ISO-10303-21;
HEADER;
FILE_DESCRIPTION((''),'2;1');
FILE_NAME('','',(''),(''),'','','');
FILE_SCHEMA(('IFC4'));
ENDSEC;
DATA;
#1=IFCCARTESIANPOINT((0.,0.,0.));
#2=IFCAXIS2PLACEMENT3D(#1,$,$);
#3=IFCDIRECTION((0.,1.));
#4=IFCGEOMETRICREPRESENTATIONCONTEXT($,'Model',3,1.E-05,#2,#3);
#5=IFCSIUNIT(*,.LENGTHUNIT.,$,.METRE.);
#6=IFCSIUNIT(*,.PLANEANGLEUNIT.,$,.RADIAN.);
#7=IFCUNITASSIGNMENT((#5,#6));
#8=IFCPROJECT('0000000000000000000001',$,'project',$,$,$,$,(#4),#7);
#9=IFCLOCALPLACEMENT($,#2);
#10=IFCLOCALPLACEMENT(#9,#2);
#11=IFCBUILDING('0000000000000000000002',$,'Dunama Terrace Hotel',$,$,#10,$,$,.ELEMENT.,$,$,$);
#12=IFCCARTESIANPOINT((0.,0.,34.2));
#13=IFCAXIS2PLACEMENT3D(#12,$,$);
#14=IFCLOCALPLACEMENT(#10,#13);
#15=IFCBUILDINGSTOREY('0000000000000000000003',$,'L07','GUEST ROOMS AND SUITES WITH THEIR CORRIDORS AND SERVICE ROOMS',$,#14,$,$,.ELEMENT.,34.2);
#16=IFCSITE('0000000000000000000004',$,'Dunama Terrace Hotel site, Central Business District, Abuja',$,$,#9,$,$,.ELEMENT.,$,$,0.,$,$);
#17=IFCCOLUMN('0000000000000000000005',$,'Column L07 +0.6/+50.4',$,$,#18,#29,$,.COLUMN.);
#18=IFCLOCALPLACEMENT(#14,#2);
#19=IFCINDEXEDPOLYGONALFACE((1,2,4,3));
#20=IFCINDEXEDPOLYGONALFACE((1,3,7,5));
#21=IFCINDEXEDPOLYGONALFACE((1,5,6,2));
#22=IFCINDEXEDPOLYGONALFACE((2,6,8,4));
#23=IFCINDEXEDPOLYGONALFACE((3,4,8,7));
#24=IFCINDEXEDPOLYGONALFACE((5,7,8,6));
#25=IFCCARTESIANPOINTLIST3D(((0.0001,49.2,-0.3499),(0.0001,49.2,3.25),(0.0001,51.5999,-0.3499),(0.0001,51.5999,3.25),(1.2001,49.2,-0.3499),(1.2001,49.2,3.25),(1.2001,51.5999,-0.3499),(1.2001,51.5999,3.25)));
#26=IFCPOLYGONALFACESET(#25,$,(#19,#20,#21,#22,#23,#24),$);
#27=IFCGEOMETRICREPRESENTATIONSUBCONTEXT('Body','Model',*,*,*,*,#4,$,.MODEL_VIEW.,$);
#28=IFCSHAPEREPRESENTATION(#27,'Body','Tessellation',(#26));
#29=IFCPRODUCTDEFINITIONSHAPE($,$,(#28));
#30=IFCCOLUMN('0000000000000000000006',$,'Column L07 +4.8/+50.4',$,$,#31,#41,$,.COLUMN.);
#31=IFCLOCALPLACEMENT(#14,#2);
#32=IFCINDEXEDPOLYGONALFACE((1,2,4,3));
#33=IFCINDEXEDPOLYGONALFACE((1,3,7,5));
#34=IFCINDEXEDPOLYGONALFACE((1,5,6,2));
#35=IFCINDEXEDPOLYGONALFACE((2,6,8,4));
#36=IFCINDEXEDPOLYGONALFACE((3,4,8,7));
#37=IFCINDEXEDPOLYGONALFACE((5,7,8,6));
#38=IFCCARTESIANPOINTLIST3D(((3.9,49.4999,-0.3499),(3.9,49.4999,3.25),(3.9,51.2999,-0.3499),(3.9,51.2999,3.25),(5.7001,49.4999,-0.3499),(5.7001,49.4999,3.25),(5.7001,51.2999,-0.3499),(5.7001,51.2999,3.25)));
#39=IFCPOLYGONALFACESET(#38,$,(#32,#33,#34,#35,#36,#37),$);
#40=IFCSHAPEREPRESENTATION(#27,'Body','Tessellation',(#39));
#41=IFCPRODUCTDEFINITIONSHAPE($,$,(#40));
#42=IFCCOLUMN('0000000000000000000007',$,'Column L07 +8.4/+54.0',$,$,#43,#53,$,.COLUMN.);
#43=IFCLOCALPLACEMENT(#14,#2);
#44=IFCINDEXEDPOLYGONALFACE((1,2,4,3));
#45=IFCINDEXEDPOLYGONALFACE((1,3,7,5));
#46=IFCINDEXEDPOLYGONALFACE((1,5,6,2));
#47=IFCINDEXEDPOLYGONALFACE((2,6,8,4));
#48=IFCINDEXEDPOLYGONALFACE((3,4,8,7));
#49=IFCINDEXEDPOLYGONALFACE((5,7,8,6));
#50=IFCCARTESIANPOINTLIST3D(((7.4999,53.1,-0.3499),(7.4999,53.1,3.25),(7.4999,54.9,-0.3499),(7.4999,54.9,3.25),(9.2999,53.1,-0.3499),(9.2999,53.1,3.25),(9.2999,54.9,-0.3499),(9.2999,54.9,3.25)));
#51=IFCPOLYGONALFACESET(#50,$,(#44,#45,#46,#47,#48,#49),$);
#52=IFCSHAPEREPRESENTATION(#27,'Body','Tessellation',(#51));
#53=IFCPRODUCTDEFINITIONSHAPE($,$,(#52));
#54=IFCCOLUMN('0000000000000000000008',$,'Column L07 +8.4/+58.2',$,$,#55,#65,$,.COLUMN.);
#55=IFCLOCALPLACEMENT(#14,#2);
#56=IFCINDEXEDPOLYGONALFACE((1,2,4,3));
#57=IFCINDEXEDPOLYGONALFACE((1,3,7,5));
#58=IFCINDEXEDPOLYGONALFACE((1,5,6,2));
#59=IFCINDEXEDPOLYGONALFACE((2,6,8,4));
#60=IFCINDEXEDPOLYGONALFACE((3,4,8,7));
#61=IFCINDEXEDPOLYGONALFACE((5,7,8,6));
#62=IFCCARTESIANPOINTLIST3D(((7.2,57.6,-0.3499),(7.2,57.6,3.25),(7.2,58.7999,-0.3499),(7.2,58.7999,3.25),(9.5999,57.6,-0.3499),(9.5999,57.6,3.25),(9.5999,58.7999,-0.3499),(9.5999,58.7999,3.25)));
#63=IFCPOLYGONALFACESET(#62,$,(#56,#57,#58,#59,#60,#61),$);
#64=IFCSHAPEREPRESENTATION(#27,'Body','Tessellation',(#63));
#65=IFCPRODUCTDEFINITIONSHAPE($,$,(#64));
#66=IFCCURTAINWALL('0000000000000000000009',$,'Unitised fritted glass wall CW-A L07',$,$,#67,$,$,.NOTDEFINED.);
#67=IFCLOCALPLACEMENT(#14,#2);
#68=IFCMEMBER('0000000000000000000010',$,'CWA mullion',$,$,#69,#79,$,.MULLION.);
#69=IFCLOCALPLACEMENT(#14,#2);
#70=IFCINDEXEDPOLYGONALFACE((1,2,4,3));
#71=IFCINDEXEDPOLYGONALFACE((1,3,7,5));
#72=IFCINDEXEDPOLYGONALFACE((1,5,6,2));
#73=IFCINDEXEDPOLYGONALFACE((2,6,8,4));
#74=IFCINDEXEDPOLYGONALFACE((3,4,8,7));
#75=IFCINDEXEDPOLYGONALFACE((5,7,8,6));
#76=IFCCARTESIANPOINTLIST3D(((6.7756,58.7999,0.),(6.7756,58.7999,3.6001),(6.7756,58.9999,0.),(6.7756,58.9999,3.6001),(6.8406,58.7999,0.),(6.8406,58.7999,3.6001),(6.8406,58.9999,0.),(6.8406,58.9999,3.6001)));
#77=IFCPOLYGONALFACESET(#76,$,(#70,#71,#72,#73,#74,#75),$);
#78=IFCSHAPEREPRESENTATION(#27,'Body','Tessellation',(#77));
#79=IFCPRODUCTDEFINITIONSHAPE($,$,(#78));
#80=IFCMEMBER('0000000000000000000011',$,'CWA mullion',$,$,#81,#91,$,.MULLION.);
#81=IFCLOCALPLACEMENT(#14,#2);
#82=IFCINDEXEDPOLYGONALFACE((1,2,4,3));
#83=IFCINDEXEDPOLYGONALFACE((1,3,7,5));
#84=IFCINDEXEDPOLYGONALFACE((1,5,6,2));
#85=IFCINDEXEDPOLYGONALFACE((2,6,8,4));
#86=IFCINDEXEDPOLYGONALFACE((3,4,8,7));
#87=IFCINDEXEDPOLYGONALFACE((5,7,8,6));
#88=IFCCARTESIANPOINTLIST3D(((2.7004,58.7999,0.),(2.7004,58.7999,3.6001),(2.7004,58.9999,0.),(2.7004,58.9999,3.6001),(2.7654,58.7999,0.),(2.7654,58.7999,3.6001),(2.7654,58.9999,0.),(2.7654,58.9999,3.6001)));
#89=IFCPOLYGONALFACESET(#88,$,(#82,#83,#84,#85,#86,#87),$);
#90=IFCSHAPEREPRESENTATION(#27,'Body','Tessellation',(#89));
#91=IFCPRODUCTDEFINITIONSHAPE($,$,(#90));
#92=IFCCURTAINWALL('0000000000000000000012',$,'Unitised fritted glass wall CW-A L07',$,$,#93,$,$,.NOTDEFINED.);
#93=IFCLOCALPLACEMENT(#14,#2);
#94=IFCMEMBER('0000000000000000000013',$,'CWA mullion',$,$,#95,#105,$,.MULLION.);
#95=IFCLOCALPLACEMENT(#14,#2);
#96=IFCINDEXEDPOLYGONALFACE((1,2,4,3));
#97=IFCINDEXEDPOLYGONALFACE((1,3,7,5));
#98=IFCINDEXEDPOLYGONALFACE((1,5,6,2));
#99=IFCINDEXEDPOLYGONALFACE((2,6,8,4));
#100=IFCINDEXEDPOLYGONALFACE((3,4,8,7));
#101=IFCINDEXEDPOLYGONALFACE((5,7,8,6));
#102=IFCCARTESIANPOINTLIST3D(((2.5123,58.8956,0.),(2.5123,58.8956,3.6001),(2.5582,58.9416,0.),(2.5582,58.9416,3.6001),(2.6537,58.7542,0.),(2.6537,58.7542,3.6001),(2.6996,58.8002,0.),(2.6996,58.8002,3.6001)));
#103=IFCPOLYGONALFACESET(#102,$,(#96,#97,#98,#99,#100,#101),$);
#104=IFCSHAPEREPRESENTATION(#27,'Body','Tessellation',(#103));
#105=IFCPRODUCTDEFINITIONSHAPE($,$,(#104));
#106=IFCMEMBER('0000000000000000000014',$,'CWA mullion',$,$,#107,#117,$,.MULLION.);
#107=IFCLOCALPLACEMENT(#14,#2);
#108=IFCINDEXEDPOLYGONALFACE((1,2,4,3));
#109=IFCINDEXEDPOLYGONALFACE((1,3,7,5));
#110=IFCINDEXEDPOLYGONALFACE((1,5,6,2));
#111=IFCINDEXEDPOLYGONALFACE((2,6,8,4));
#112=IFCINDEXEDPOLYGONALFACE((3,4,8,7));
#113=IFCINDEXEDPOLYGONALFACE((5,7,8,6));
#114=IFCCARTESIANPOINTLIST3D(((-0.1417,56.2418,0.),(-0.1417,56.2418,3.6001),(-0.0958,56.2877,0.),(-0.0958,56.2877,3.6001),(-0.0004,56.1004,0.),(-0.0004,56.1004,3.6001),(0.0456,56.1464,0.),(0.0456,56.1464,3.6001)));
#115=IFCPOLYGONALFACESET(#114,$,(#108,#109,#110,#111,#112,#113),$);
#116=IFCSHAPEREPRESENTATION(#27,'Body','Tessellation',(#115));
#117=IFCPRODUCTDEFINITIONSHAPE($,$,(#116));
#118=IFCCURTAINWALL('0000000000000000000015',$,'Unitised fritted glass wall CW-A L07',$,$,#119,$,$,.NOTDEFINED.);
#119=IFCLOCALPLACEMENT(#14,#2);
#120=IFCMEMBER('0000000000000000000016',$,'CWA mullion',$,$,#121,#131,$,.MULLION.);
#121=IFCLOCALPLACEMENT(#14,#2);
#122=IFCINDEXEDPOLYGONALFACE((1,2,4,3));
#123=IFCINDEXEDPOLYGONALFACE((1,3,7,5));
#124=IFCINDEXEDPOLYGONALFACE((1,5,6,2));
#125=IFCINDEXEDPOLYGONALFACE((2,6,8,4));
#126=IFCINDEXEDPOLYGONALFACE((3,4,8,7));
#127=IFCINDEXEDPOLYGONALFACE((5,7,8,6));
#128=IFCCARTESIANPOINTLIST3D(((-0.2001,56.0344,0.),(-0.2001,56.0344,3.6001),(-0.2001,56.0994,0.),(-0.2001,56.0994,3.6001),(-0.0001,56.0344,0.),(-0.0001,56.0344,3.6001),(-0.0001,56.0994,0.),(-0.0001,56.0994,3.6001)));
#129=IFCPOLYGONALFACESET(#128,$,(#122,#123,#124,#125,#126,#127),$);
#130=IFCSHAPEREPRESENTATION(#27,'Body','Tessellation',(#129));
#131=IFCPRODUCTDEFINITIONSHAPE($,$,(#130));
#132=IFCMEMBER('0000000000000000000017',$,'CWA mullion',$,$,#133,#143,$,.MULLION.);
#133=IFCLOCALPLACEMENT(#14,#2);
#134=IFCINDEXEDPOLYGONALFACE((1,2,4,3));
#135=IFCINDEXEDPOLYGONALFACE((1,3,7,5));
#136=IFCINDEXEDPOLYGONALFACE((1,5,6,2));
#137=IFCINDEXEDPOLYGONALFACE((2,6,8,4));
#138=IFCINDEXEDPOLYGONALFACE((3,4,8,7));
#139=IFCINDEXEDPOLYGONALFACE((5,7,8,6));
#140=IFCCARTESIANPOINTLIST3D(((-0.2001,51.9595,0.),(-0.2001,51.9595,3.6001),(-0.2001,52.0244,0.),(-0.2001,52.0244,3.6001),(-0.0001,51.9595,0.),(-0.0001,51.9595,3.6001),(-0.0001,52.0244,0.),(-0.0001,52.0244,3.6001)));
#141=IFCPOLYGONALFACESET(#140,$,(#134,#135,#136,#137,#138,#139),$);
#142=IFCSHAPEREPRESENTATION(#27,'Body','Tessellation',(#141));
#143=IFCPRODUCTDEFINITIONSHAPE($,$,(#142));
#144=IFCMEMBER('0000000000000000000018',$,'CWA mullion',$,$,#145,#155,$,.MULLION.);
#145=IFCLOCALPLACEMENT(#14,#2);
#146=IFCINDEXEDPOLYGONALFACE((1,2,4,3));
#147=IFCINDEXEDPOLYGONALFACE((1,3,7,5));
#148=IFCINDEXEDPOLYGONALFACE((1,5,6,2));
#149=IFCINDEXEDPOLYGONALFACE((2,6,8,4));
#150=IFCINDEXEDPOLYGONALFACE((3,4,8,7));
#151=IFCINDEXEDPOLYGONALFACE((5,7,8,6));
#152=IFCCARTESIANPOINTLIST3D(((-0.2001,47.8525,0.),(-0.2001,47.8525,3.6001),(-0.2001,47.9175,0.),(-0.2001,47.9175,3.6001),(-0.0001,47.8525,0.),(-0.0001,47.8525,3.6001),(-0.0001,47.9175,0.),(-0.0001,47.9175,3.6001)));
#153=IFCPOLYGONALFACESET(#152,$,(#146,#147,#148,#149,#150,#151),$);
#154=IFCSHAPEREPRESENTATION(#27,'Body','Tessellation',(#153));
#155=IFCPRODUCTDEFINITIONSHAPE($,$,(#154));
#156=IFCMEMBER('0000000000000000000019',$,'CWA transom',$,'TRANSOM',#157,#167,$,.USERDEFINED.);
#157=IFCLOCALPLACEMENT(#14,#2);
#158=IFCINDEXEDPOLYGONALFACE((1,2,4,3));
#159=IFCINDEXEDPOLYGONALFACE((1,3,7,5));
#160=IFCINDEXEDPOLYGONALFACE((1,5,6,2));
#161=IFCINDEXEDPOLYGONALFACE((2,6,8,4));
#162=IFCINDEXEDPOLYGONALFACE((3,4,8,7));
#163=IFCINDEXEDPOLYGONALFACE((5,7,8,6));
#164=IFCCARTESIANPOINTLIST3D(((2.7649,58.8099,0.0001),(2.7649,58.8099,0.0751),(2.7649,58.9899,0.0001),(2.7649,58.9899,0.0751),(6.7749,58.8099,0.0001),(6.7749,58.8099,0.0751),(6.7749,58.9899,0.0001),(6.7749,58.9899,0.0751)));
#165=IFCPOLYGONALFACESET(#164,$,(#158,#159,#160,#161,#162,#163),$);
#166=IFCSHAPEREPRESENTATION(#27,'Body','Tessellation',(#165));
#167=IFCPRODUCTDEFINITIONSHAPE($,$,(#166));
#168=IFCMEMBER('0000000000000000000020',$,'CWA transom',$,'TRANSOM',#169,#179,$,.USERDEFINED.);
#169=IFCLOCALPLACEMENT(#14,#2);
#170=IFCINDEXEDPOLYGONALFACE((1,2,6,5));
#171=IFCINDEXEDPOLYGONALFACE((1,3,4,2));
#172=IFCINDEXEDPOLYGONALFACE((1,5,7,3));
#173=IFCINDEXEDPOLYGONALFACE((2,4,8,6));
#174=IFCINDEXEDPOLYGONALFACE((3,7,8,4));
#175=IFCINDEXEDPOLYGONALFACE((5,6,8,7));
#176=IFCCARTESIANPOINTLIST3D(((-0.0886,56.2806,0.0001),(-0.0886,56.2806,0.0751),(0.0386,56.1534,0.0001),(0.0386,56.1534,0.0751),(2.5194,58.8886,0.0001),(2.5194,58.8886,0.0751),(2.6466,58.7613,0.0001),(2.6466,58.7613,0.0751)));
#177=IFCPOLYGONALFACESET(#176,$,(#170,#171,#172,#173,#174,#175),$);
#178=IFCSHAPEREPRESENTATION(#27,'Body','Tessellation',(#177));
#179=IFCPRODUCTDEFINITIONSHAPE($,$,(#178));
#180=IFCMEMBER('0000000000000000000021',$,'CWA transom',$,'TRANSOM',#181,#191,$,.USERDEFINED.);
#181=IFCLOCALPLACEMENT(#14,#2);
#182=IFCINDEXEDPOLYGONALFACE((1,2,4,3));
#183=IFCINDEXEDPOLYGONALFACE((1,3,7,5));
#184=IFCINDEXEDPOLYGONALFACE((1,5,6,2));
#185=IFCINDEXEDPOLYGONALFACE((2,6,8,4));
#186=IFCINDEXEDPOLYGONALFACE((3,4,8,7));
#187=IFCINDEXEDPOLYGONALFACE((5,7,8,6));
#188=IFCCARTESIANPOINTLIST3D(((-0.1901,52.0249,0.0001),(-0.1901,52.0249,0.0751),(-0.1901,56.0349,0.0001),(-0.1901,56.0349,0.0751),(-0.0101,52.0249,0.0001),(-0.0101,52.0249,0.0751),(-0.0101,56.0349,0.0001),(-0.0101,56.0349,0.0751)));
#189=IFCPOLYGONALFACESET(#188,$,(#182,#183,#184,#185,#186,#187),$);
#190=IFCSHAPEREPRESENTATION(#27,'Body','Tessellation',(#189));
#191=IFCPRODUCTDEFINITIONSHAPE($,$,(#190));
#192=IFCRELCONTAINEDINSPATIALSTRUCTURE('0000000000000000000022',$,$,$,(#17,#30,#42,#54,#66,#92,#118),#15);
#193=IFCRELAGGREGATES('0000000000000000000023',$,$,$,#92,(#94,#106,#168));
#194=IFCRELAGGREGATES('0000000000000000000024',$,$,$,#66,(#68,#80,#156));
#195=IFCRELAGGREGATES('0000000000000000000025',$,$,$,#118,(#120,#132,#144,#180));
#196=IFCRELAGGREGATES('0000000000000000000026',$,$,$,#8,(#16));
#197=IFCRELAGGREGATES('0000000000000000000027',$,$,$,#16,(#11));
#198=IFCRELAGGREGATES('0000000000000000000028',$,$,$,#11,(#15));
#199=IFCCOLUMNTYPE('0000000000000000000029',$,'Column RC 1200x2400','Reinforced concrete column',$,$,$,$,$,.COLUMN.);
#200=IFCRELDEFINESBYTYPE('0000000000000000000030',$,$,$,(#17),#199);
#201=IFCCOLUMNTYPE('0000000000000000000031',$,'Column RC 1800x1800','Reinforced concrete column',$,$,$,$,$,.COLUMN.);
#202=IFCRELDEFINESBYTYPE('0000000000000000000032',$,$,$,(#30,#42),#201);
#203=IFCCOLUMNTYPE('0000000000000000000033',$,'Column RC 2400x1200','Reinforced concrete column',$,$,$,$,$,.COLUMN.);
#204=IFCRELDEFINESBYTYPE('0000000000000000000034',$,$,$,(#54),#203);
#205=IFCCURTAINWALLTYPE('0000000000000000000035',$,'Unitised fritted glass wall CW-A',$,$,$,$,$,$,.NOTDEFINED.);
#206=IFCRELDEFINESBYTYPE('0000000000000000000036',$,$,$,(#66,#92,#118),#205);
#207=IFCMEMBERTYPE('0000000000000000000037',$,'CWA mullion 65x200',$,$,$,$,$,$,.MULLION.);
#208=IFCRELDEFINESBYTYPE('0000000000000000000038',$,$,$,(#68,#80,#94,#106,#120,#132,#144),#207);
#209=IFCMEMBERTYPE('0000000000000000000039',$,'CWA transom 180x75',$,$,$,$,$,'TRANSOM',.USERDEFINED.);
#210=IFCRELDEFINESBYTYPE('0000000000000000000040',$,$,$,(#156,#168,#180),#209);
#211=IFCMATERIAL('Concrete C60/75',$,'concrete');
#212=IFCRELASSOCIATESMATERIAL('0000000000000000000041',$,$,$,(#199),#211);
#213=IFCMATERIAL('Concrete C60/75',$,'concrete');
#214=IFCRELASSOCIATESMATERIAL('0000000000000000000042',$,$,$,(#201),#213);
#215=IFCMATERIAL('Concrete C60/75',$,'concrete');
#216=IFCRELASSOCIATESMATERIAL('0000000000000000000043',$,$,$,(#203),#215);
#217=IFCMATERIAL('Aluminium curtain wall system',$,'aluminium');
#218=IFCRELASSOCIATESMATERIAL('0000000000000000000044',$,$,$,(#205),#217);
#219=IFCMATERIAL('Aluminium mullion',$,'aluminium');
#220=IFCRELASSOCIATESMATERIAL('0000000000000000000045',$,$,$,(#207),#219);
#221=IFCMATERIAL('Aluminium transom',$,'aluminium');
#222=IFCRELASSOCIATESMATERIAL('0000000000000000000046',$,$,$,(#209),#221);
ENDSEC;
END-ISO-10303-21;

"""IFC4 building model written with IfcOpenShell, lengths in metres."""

from ifc_helpers import new_model, si_unit, direction, frame, origin, origin_2d, place, context, subcontext, project, spatial, rectangle, extrude, material, material_profile, profile_set, type_object, element, aggregate, save


model = new_model("IFC4")

# Units and contexts
model_context = context("Model", 3, precision=1e-05, world=origin(), true_north=direction((0.0, 1.0)))
body_context = subcontext(model_context, "Body", "Model", "MODEL_VIEW")
ifc_project = project(units=[si_unit("LENGTHUNIT", "METRE"), si_unit("PLANEANGLEUNIT", "RADIAN")], contexts=[model_context])

# Site, building, storey
site_placement = place(None, origin())
site = spatial("IfcSite", under=ifc_project, at=site_placement, Name="Dunama Terrace Hotel site, Central Business District, Abuja", CompositionType="ELEMENT", RefElevation=0.0)
building_placement = place(site_placement, origin())
building = spatial("IfcBuilding", under=site, at=building_placement, Name="Dunama Terrace Hotel", CompositionType="ELEMENT")
storey_placement = place(building_placement, frame((0.0, 0.0, 34.2)))
storey = spatial("IfcBuildingStorey", under=building, at=storey_placement, Name="L07", Description="GUEST ROOMS AND SUITES WITH THEIR CORRIDORS AND SERVICE ROOMS", CompositionType="ELEMENT", Elevation=34.2)

# Columns
ifc_material_1 = material(Name="Concrete C60/75", Category="concrete")
ifc_material_profile_1 = material_profile(ifc_material_1, rectangle(XDim=1.2, YDim=2.3999, at=origin_2d()), Name="RC 1200x2400")
ifc_profile_set_1 = profile_set([ifc_material_profile_1], Name="Concrete C60/75")
column_type_1 = type_object("IfcColumnType", Name="Column RC 1200x2400", Description="Reinforced concrete column", PredefinedType="COLUMN", material=ifc_profile_set_1)
column_1_placement = place(storey_placement, frame((0.6001, 50.3999, -0.3499), z_axis=(0.0, 0.0, 1.0), x_axis=(1.0, 0.0, 0.0)))
element("IfcColumn", 1, at=column_1_placement, inside=storey, type_object=column_type_1, Name="Column L07 +0.6/+50.4", PredefinedType="COLUMN", context=body_context, shape_type="SweptSolid", body=[
    extrude(rectangle(XDim=1.2, YDim=2.3999, at=origin_2d()), origin(), (0.0, 0.0, 1.0), 3.5999),
])
ifc_material_2 = material(Name="Concrete C60/75", Category="concrete")
ifc_material_profile_2 = material_profile(ifc_material_2, rectangle(XDim=1.8, YDim=1.8, at=origin_2d()), Name="RC 1800x1800")
ifc_profile_set_2 = profile_set([ifc_material_profile_2], Name="Concrete C60/75")
column_type_2 = type_object("IfcColumnType", Name="Column RC 1800x1800", Description="Reinforced concrete column", PredefinedType="COLUMN", material=ifc_profile_set_2)
for number, where, z_axis, x_axis, name in (
    (2, (4.8, 50.3999, -0.3499), (0.0, 0.0, 1.0), (1.0, 0.0, 0.0), "Column L07 +4.8/+50.4"),
    (3, (8.3999, 54.0, -0.3499), (0.0, 0.0, 1.0), (1.0, 0.0, 0.0), "Column L07 +8.4/+54.0"),
):
    element("IfcColumn", number, at=place(storey_placement, frame(where, z_axis=z_axis, x_axis=x_axis)), inside=storey, type_object=column_type_2, Name=name, PredefinedType="COLUMN", context=body_context, shape_type="SweptSolid", body=[
        extrude(rectangle(XDim=1.8, YDim=1.8, at=origin_2d()), origin(), (0.0, 0.0, 1.0), 3.5999),
    ])
ifc_material_3 = material(Name="Concrete C60/75", Category="concrete")
ifc_material_profile_3 = material_profile(ifc_material_3, rectangle(XDim=2.3999, YDim=1.2, at=origin_2d()), Name="RC 2400x1200")
ifc_profile_set_3 = profile_set([ifc_material_profile_3], Name="Concrete C60/75")
column_type_3 = type_object("IfcColumnType", Name="Column RC 2400x1200", Description="Reinforced concrete column", PredefinedType="COLUMN", material=ifc_profile_set_3)
column_2_placement = place(storey_placement, frame((8.3999, 58.2, -0.3499), z_axis=(0.0, 0.0, 1.0), x_axis=(1.0, 0.0, 0.0)))
element("IfcColumn", 4, at=column_2_placement, inside=storey, type_object=column_type_3, Name="Column L07 +8.4/+58.2", PredefinedType="COLUMN", context=body_context, shape_type="SweptSolid", body=[
    extrude(rectangle(XDim=2.3999, YDim=1.2, at=origin_2d()), origin(), (0.0, 0.0, 1.0), 3.5999),
])

# Curtain walls, members
ifc_material_4 = material(Name="Aluminium curtain wall system", Category="aluminium")
curtain_wall_type = type_object("IfcCurtainWallType", Name="Unitised fritted glass wall CW-A", PredefinedType="NOTDEFINED", material=ifc_material_4)
curtain_wall_1_placement = place(storey_placement, origin())
curtain_wall_1 = element("IfcCurtainWall", 5, at=curtain_wall_1_placement, inside=storey, type_object=curtain_wall_type, Name="Unitised fritted glass wall CW-A L07", PredefinedType="NOTDEFINED")
ifc_material_5 = material(Name="Aluminium mullion", Category="aluminium")
ifc_material_profile_4 = material_profile(ifc_material_5, rectangle(XDim=0.0649, YDim=0.2, at=origin_2d()), Name="CWA MULLION 65X200")
ifc_profile_set_4 = profile_set([ifc_material_profile_4], Name="Aluminium mullion")
member_type_1 = type_object("IfcMemberType", Name="CWA mullion 65x200", PredefinedType="MULLION", material=ifc_profile_set_4)
member_1_placement = place(storey_placement, frame((6.8081, 58.8999, 0.0), z_axis=(0.0, 0.0, 1.0), x_axis=(-1.0, 0.0, 0.0)))
member_1 = element("IfcMember", 6, at=member_1_placement, type_object=member_type_1, Name="CWA mullion", PredefinedType="MULLION", context=body_context, shape_type="SweptSolid", body=[
    extrude(rectangle(XDim=0.0649, YDim=0.2, at=origin_2d()), origin(), (0.0, 0.0, 1.0), 3.6001),
])
member_2_placement = place(storey_placement, frame((2.7329, 58.8999, 0.0), z_axis=(0.0, 0.0, 1.0), x_axis=(-1.0, 0.0, 0.0)))
member_2 = element("IfcMember", 7, at=member_2_placement, type_object=member_type_1, Name="CWA mullion", PredefinedType="MULLION", context=body_context, shape_type="SweptSolid", body=[
    extrude(rectangle(XDim=0.0649, YDim=0.2, at=origin_2d()), origin(), (0.0, 0.0, 1.0), 3.6001),
])
curtain_wall_2_placement = place(storey_placement, origin())
curtain_wall_2 = element("IfcCurtainWall", 8, at=curtain_wall_2_placement, inside=storey, type_object=curtain_wall_type, Name="Unitised fritted glass wall CW-A L07", PredefinedType="NOTDEFINED")
member_3_placement = place(storey_placement, frame((2.606, 58.8479, 0.0), z_axis=(0.0, 0.0, 1.0), x_axis=(-0.707107, -0.707107, 0.0)))
member_3 = element("IfcMember", 9, at=member_3_placement, type_object=member_type_1, Name="CWA mullion", PredefinedType="MULLION", context=body_context, shape_type="SweptSolid", body=[
    extrude(rectangle(XDim=0.0649, YDim=0.2, at=origin_2d()), origin(), (0.0, 0.0, 1.0), 3.6001),
])
member_4_placement = place(storey_placement, frame((-0.0481, 56.1941, 0.0), z_axis=(0.0, 0.0, 1.0), x_axis=(-0.707107, -0.707107, 0.0)))
member_4 = element("IfcMember", 10, at=member_4_placement, type_object=member_type_1, Name="CWA mullion", PredefinedType="MULLION", context=body_context, shape_type="SweptSolid", body=[
    extrude(rectangle(XDim=0.0649, YDim=0.2, at=origin_2d()), origin(), (0.0, 0.0, 1.0), 3.6001),
])
curtain_wall_3_placement = place(storey_placement, origin())
curtain_wall_3 = element("IfcCurtainWall", 11, at=curtain_wall_3_placement, inside=storey, type_object=curtain_wall_type, Name="Unitised fritted glass wall CW-A L07", PredefinedType="NOTDEFINED")
member_5_placement = place(storey_placement, frame((-0.1001, 56.0669, 0.0), z_axis=(0.0, 0.0, 1.0), x_axis=(0.0, -1.0, 0.0)))
member_5 = element("IfcMember", 12, at=member_5_placement, type_object=member_type_1, Name="CWA mullion", PredefinedType="MULLION", context=body_context, shape_type="SweptSolid", body=[
    extrude(rectangle(XDim=0.0649, YDim=0.2, at=origin_2d()), origin(), (0.0, 0.0, 1.0), 3.6001),
])
member_6_placement = place(storey_placement, frame((-0.1001, 51.9919, 0.0), z_axis=(0.0, 0.0, 1.0), x_axis=(0.0, -1.0, 0.0)))
member_6 = element("IfcMember", 13, at=member_6_placement, type_object=member_type_1, Name="CWA mullion", PredefinedType="MULLION", context=body_context, shape_type="SweptSolid", body=[
    extrude(rectangle(XDim=0.0649, YDim=0.2, at=origin_2d()), origin(), (0.0, 0.0, 1.0), 3.6001),
])
member_7_placement = place(storey_placement, frame((-0.1001, 47.885, 0.0), z_axis=(0.0, 0.0, 1.0), x_axis=(0.0, -1.0, 0.0)))
member_7 = element("IfcMember", 14, at=member_7_placement, type_object=member_type_1, Name="CWA mullion", PredefinedType="MULLION", context=body_context, shape_type="SweptSolid", body=[
    extrude(rectangle(XDim=0.0649, YDim=0.2, at=origin_2d()), origin(), (0.0, 0.0, 1.0), 3.6001),
])

# Members
ifc_material_6 = material(Name="Aluminium transom", Category="aluminium")
ifc_material_profile_5 = material_profile(ifc_material_6, rectangle(XDim=0.1799, YDim=0.075, at=origin_2d()), Name="CWA TRANSOM 180X75")
ifc_profile_set_5 = profile_set([ifc_material_profile_5], Name="Aluminium transom")
member_type_2 = type_object("IfcMemberType", Name="CWA transom 180x75", ElementType="TRANSOM", PredefinedType="USERDEFINED", material=ifc_profile_set_5)
member_8_placement = place(storey_placement, frame((6.7749, 58.8999, 0.0376), z_axis=(-1.0, 0.0, 0.0), x_axis=(0.0, -1.0, 0.0)))
member_8 = element("IfcMember", 15, at=member_8_placement, type_object=member_type_2, Name="CWA transom", ObjectType="TRANSOM", PredefinedType="USERDEFINED", context=body_context, shape_type="SweptSolid", body=[
    extrude(rectangle(XDim=0.1799, YDim=0.075, at=origin_2d()), origin(), (0.0, 0.0, 1.0), 4.01),
])
member_9_placement = place(storey_placement, frame((2.583, 58.825, 0.0376), z_axis=(-0.707107, -0.707107, 0.0), x_axis=(0.707107, -0.707107, 0.0)))
member_9 = element("IfcMember", 16, at=member_9_placement, type_object=member_type_2, Name="CWA transom", ObjectType="TRANSOM", PredefinedType="USERDEFINED", context=body_context, shape_type="SweptSolid", body=[
    extrude(rectangle(XDim=0.1799, YDim=0.075, at=origin_2d()), origin(), (0.0, 0.0, 1.0), 3.6882),
])
member_10_placement = place(storey_placement, frame((-0.1001, 56.0349, 0.0376), z_axis=(0.0, -1.0, 0.0), x_axis=(1.0, 0.0, 0.0)))
member_10 = element("IfcMember", 17, at=member_10_placement, type_object=member_type_2, Name="CWA transom", ObjectType="TRANSOM", PredefinedType="USERDEFINED", context=body_context, shape_type="SweptSolid", body=[
    extrude(rectangle(XDim=0.1799, YDim=0.075, at=origin_2d()), origin(), (0.0, 0.0, 1.0), 4.01),
])

aggregate(curtain_wall_2, [member_3, member_4, member_9])
aggregate(curtain_wall_1, [member_1, member_2, member_8])
aggregate(curtain_wall_3, [member_5, member_6, member_7, member_10])

save(model, "model.ifc")
